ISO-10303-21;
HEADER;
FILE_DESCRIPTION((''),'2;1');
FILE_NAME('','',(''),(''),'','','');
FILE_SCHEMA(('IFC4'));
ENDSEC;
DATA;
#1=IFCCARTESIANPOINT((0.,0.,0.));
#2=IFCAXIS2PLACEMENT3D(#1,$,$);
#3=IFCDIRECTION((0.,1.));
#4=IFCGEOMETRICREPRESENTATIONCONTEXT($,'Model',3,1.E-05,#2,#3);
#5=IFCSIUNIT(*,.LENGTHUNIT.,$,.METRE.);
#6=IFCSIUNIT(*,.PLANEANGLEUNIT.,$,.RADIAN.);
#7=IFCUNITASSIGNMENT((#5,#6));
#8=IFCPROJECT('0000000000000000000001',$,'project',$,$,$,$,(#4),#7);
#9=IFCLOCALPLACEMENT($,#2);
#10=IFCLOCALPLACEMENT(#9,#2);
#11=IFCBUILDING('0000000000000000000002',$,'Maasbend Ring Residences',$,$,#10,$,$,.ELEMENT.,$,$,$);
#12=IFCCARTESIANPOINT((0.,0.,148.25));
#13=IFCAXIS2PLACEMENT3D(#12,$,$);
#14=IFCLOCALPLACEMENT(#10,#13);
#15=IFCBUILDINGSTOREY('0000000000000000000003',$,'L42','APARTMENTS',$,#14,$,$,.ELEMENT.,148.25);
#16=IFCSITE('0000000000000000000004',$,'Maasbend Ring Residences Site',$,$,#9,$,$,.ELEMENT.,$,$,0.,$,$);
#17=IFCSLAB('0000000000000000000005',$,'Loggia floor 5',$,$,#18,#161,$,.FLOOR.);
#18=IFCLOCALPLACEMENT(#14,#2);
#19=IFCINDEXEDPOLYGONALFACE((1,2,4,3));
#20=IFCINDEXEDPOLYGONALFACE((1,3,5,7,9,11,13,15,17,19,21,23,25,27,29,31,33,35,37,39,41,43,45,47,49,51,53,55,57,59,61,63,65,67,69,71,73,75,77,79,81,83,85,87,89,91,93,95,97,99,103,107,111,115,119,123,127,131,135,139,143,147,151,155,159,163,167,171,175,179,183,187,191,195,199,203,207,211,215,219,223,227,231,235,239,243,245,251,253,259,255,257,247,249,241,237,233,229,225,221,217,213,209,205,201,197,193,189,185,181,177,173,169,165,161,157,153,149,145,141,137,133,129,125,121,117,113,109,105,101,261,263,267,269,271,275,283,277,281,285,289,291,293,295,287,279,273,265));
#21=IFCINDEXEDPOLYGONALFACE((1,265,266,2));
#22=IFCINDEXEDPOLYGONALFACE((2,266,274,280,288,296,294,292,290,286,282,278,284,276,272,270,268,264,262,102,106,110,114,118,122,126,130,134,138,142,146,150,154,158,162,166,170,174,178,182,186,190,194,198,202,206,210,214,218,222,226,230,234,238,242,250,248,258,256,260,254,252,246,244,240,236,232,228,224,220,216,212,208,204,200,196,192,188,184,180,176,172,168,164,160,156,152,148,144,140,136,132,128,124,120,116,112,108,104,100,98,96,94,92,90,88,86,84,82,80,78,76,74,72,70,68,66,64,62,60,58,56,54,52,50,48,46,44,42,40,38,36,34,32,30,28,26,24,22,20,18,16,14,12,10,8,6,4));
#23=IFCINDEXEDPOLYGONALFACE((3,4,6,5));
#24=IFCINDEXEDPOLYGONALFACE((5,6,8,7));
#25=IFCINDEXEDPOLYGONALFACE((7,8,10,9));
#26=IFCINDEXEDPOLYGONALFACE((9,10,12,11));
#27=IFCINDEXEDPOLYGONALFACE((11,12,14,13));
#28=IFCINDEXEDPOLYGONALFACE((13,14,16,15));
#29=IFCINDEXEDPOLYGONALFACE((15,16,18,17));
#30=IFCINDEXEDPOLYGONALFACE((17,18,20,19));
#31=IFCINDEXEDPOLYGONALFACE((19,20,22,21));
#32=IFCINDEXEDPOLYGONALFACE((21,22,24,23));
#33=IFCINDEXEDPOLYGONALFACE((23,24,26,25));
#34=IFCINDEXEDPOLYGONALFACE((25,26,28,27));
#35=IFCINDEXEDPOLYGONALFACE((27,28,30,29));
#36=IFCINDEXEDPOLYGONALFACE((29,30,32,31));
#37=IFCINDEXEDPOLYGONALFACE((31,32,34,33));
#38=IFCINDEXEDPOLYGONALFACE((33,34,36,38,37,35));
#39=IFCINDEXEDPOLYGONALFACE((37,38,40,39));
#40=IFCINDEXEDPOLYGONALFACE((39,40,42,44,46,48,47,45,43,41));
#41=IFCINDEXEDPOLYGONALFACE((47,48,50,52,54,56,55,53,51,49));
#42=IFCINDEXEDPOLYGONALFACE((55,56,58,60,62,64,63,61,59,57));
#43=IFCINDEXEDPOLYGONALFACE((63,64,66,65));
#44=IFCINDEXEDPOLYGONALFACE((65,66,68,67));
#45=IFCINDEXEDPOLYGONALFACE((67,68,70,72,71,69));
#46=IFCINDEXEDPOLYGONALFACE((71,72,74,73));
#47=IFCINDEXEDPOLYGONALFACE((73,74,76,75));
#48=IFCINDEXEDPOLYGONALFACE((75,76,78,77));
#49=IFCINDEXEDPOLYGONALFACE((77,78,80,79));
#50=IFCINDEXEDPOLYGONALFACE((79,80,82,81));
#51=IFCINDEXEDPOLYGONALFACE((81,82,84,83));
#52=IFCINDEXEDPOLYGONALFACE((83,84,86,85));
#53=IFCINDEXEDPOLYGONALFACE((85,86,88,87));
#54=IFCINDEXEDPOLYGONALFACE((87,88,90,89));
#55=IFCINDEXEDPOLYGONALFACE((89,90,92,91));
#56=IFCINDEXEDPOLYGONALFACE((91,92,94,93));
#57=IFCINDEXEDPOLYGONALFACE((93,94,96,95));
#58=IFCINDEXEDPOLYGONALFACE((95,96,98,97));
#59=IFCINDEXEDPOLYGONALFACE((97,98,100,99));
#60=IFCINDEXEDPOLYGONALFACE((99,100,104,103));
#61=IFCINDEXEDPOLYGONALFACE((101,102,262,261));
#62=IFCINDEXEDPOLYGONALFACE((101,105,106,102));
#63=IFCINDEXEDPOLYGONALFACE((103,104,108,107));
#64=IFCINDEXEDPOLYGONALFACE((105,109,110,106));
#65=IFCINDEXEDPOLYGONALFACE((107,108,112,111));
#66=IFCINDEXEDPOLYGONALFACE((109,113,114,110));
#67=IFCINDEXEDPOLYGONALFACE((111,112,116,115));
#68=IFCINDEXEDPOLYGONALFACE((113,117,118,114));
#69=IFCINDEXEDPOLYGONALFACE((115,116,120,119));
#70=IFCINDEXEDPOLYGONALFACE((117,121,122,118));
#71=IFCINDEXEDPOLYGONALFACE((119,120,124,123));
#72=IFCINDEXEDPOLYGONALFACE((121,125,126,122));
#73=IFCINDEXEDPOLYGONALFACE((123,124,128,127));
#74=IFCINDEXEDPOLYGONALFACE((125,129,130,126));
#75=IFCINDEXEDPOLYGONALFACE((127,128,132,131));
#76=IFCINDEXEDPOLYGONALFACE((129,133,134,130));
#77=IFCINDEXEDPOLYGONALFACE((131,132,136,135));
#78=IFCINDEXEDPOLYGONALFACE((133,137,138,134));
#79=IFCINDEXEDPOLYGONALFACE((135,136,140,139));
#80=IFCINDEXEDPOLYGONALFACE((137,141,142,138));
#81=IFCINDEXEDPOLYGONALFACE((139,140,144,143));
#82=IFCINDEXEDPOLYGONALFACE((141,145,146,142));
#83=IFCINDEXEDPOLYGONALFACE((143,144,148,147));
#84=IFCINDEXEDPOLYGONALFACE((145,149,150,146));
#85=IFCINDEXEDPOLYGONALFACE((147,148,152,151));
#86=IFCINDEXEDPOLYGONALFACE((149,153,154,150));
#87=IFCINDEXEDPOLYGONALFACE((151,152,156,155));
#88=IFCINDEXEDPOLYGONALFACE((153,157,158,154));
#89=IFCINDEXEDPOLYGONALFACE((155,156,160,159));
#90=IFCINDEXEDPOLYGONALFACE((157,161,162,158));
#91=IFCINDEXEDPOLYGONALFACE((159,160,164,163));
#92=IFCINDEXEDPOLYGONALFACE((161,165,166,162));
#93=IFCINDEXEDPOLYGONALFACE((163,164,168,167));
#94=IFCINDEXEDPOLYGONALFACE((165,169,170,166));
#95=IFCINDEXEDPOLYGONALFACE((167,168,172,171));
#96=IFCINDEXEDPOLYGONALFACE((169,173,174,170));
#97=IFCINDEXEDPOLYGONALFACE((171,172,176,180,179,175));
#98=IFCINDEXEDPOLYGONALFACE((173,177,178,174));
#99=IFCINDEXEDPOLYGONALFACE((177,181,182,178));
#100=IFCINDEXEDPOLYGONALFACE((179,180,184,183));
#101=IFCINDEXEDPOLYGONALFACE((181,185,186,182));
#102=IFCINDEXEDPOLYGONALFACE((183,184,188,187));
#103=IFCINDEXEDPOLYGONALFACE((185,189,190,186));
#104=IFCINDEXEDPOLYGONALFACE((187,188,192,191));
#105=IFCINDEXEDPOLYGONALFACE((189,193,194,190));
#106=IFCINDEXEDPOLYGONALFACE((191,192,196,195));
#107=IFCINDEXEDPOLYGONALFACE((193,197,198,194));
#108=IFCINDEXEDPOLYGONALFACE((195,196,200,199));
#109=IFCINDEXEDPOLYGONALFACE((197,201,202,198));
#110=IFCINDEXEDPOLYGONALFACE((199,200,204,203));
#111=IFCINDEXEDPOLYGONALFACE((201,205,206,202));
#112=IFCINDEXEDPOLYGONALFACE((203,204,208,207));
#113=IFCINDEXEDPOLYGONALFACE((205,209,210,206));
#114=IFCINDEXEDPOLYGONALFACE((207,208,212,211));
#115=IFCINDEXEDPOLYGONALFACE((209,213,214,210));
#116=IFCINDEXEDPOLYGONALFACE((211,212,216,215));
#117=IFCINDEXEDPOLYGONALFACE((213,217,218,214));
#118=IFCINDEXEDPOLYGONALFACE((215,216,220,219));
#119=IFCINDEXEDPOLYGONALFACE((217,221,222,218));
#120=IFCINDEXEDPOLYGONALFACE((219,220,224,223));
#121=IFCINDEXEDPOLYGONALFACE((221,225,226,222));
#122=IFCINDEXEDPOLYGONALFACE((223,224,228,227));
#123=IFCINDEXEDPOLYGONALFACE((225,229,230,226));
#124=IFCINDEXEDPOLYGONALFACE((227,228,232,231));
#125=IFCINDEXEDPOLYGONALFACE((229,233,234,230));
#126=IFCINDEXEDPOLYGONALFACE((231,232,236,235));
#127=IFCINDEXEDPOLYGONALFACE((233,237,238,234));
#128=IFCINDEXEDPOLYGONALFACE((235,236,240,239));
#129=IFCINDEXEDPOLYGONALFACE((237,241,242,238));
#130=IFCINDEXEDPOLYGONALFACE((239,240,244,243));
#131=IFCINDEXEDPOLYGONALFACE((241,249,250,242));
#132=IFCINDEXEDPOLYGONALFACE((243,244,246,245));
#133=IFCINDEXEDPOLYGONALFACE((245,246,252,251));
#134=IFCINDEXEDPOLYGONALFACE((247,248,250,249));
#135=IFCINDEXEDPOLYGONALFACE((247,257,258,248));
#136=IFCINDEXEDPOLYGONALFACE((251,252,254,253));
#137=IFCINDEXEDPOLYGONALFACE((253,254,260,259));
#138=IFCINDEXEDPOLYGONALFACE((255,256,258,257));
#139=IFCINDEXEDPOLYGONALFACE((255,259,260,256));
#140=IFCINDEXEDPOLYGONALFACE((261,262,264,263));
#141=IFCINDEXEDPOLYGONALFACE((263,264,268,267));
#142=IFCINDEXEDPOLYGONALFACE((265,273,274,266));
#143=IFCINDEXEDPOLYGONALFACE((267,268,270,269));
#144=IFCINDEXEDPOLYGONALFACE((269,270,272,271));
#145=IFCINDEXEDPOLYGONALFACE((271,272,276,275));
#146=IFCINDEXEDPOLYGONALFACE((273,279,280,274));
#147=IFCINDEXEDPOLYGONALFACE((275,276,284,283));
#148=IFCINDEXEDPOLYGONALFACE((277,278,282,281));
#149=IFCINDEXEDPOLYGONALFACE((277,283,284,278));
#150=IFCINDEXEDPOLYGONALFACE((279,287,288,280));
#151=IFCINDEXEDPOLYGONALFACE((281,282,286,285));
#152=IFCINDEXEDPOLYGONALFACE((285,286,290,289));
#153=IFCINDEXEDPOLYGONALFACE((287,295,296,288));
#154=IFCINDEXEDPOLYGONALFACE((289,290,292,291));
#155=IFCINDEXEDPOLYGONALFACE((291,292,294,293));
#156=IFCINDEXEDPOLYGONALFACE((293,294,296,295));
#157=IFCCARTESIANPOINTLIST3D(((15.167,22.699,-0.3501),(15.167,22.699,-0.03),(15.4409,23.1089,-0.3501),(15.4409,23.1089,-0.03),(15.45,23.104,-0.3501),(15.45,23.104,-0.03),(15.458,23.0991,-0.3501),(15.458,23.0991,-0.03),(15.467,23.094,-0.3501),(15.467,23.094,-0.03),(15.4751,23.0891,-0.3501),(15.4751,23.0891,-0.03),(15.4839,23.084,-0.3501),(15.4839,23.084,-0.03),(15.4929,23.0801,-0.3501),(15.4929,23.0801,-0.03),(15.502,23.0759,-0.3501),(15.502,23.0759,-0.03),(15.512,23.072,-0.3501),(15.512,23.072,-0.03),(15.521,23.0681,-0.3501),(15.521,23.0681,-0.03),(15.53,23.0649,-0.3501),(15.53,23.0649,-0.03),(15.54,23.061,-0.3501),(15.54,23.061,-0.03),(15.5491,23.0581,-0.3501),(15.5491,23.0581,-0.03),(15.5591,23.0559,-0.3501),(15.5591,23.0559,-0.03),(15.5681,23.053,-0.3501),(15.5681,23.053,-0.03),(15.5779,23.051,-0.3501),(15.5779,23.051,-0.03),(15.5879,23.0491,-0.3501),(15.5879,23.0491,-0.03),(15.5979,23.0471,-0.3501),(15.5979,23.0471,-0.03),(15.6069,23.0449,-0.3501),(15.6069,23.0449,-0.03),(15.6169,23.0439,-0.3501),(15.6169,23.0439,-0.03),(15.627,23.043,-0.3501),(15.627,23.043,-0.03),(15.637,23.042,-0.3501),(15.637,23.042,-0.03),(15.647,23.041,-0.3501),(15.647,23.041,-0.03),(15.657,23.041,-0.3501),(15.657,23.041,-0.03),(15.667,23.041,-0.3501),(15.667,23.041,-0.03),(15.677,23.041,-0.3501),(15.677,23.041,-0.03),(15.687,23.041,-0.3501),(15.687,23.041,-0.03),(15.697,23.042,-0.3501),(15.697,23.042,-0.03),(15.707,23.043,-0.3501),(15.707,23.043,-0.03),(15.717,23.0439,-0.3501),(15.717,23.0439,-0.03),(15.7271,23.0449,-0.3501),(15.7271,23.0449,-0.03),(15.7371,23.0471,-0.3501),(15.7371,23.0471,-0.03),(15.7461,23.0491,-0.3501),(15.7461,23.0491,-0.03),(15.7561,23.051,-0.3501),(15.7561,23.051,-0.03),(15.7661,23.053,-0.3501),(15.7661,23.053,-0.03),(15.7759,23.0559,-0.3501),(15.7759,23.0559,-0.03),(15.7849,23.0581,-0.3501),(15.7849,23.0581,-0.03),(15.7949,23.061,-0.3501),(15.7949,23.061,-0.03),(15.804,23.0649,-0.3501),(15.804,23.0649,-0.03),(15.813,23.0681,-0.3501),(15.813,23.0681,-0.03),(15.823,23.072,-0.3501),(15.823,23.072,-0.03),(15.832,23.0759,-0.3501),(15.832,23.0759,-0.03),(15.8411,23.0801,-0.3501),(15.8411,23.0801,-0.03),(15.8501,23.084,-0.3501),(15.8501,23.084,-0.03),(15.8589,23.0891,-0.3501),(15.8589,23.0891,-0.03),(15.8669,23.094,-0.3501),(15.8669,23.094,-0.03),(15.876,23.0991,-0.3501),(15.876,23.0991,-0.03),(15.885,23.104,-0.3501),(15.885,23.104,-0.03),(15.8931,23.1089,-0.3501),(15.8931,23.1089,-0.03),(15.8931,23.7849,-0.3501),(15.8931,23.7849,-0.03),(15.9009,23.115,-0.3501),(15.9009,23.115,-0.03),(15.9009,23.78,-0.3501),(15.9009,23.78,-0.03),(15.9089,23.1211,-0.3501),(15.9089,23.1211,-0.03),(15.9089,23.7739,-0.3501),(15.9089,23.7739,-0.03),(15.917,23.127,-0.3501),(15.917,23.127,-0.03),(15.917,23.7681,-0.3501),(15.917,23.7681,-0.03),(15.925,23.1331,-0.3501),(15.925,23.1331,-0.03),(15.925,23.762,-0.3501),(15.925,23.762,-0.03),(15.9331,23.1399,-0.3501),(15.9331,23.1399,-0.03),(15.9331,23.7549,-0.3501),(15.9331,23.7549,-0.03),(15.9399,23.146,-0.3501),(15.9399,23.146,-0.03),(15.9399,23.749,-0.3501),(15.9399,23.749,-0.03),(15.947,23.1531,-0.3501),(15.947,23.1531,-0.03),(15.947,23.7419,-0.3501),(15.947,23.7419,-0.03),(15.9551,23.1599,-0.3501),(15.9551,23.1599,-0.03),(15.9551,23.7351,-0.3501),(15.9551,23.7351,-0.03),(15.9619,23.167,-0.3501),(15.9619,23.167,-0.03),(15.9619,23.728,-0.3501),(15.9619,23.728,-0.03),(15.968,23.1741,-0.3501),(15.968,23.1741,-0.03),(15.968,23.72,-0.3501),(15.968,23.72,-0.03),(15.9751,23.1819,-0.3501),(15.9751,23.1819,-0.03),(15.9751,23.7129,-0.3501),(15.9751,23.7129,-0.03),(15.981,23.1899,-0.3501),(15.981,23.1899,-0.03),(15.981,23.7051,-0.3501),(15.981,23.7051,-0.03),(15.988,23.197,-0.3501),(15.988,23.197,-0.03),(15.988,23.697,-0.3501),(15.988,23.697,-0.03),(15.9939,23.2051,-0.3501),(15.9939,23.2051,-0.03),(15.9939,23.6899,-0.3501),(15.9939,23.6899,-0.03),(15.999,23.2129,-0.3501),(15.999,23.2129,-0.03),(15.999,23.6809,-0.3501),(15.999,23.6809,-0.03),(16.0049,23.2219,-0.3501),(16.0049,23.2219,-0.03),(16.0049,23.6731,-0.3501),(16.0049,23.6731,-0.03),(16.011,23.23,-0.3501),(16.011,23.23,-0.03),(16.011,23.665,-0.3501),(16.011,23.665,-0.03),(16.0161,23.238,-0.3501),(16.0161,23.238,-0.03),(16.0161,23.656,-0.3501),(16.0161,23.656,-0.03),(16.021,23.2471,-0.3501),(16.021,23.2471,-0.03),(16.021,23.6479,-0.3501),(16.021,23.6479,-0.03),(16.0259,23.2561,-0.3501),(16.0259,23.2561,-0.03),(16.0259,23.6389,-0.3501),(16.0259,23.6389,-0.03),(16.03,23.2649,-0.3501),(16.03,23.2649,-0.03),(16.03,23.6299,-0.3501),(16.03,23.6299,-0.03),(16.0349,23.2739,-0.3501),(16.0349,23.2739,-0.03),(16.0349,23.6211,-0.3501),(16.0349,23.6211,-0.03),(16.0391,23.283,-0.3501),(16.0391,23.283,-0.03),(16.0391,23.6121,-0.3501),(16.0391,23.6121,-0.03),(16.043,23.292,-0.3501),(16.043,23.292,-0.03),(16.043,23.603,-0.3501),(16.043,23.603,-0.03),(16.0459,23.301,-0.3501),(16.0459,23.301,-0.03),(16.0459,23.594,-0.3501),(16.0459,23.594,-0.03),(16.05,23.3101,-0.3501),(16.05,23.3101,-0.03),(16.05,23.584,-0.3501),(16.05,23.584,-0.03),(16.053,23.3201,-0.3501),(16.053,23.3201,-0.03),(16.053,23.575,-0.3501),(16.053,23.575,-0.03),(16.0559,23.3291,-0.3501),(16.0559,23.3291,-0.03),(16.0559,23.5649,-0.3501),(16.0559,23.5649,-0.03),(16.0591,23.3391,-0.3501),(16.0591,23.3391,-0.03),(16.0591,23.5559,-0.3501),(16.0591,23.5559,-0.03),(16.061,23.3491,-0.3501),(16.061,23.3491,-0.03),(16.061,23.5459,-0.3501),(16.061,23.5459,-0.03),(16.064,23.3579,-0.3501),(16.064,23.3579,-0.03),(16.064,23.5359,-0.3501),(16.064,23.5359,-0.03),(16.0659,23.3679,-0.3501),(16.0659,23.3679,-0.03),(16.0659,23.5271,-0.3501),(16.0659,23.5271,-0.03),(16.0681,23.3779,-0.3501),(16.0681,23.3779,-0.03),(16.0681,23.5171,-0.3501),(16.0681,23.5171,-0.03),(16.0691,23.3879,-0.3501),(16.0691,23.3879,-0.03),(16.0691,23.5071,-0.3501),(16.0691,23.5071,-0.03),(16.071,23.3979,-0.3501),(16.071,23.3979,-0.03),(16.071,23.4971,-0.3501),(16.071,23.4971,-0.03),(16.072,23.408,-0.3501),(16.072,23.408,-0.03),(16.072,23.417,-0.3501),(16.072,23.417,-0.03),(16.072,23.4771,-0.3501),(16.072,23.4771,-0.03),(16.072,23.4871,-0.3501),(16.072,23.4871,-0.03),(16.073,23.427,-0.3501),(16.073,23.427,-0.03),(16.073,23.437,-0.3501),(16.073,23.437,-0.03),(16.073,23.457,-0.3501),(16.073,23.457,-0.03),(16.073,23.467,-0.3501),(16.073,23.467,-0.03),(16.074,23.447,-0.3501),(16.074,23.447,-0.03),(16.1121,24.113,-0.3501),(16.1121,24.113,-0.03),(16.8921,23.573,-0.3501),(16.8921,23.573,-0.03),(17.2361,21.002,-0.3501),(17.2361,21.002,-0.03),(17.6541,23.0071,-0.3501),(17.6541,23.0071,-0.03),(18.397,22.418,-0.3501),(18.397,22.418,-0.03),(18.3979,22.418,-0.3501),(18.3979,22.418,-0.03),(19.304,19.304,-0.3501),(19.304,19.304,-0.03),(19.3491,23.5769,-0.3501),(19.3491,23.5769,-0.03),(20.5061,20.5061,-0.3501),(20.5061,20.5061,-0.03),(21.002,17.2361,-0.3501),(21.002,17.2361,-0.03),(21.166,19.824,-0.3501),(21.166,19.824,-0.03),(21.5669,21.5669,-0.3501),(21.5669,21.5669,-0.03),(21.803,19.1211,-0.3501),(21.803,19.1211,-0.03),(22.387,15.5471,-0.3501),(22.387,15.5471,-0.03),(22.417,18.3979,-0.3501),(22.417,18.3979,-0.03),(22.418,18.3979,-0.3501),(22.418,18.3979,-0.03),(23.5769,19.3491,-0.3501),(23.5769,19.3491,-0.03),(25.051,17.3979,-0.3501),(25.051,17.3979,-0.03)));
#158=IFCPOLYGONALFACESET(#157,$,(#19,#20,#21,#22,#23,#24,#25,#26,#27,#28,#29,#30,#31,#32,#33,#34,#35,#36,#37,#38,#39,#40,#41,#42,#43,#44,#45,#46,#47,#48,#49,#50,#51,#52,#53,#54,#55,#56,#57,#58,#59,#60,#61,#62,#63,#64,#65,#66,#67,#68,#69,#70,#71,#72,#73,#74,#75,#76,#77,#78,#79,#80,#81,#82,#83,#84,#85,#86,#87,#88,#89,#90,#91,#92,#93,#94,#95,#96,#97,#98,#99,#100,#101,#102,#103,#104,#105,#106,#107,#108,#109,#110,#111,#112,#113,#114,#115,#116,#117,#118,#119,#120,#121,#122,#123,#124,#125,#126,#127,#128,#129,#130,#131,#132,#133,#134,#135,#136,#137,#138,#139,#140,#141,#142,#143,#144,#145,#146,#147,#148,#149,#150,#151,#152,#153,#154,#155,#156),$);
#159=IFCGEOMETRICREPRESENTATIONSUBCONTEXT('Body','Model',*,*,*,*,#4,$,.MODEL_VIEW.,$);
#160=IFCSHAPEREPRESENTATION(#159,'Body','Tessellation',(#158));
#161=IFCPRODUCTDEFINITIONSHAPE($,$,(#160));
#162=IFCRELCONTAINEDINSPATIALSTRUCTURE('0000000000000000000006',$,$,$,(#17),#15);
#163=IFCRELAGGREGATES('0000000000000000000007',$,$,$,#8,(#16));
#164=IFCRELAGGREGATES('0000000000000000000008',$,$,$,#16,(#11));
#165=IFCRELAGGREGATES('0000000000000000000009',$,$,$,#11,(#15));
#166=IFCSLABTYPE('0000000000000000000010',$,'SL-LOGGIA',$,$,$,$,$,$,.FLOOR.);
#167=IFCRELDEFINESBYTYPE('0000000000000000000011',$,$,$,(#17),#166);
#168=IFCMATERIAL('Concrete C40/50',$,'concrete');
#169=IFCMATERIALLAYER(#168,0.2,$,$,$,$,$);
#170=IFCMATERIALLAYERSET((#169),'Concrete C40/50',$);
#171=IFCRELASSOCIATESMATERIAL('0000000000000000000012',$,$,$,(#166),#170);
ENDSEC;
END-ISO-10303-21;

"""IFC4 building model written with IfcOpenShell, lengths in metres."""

from ifc_helpers import new_model, si_unit, direction, frame, origin, place, context, subcontext, project, spatial, polyline, outline, extrude, material, layer, layer_set, type_object, element, save


model = new_model("IFC4")

# Units and contexts
model_context = context("Model", 3, precision=1e-05, world=origin(), true_north=direction((0.0, 1.0)))
body_context = subcontext(model_context, "Body", "Model", "MODEL_VIEW")
ifc_project = project(units=[si_unit("LENGTHUNIT", "METRE"), si_unit("PLANEANGLEUNIT", "RADIAN")], contexts=[model_context])

# Site, building, storey
site_placement = place(None, origin())
site = spatial("IfcSite", under=ifc_project, at=site_placement, Name="Maasbend Ring Residences Site", CompositionType="ELEMENT", RefElevation=0.0)
building_placement = place(site_placement, origin())
building = spatial("IfcBuilding", under=site, at=building_placement, Name="Maasbend Ring Residences", CompositionType="ELEMENT")
storey_placement = place(building_placement, frame((0.0, 0.0, 148.25)))
storey = spatial("IfcBuildingStorey", under=building, at=storey_placement, Name="L42", Description="APARTMENTS", CompositionType="ELEMENT", Elevation=148.25)

# Slab
ifc_material_1 = material(Name="Concrete C40/50", Category="concrete")
ifc_layer_1 = layer(ifc_material_1, 0.2)
ifc_layer_set_1 = layer_set([ifc_layer_1], Name="Concrete C40/50")
slab_type_1 = type_object("IfcSlabType", Name="SL-LOGGIA", PredefinedType="FLOOR", material=ifc_layer_set_1)
slab_1_placement = place(storey_placement, frame((0.0, 0.0, -0.3501)))
element("IfcSlab", 1, at=slab_1_placement, inside=storey, type_object=slab_type_1, Name="Loggia floor 5", PredefinedType="FLOOR", context=body_context, shape_type="SweptSolid", body=[
    extrude(outline(polyline([(15.458, 23.0991), (15.467, 23.094), (15.4751, 23.0891), (15.4839, 23.084), (15.4929, 23.0801), (15.502, 23.0759), (15.512, 23.072), (15.521, 23.0681), (15.53, 23.0649), (15.54, 23.061), (15.5491, 23.0581), (15.5591, 23.0559), (15.5681, 23.053), (15.5779, 23.051), (15.5879, 23.0491), (15.5979, 23.0471), (15.6069, 23.0449), (15.6169, 23.0439), (15.627, 23.043), (15.637, 23.042), (15.647, 23.041), (15.657, 23.041), (15.667, 23.041), (15.677, 23.041), (15.687, 23.041), (15.697, 23.042), (15.707, 23.043), (15.717, 23.0439), (15.7271, 23.0449), (15.7371, 23.0471), (15.7461, 23.0491), (15.7561, 23.051), (15.7661, 23.053), (15.7759, 23.0559), (15.7849, 23.0581), (15.7949, 23.061), (15.804, 23.0649), (15.813, 23.0681), (15.823, 23.072), (15.832, 23.0759), (15.8411, 23.0801), (15.8501, 23.084), (15.8589, 23.0891), (15.8669, 23.094), (15.876, 23.0991), (15.885, 23.104), (15.8931, 23.1089), (15.9009, 23.115), (15.9089, 23.1211), (15.917, 23.127), (15.925, 23.1331), (15.9331, 23.1399), (15.9399, 23.146), (15.947, 23.1531), (15.9551, 23.1599), (15.9619, 23.167), (15.968, 23.1741), (15.9751, 23.1819), (15.981, 23.1899), (15.988, 23.197), (15.9939, 23.2051), (15.999, 23.2129), (16.0049, 23.2219), (16.011, 23.23), (16.0161, 23.238), (16.021, 23.2471), (16.0259, 23.2561), (16.03, 23.2649), (16.0349, 23.2739), (16.0391, 23.283), (16.043, 23.292), (16.0459, 23.301), (16.05, 23.3101), (16.053, 23.3201), (16.0559, 23.3291), (16.0591, 23.3391), (16.061, 23.3491), (16.064, 23.3579), (16.0659, 23.3679), (16.0681, 23.3779), (16.0691, 23.3879), (16.071, 23.3979), (16.072, 23.408), (16.072, 23.417), (16.073, 23.427), (16.073, 23.437), (16.074, 23.447), (16.073, 23.457), (16.073, 23.467), (16.072, 23.4771), (16.072, 23.4871), (16.071, 23.4971), (16.0691, 23.5071), (16.0681, 23.5171), (16.0659, 23.5271), (16.064, 23.5359), (16.061, 23.5459), (16.0591, 23.5559), (16.0559, 23.5649), (16.053, 23.575), (16.05, 23.584), (16.0459, 23.594), (16.043, 23.603), (16.0391, 23.6121), (16.0349, 23.6211), (16.03, 23.6299), (16.0259, 23.6389), (16.021, 23.6479), (16.0161, 23.656), (16.011, 23.665), (16.0049, 23.6731), (15.999, 23.6809), (15.9939, 23.6899), (15.988, 23.697), (15.981, 23.7051), (15.9751, 23.7129), (15.968, 23.72), (15.9619, 23.728), (15.9551, 23.7351), (15.947, 23.7419), (15.9399, 23.749), (15.9331, 23.7549), (15.925, 23.762), (15.917, 23.7681), (15.9089, 23.7739), (15.9009, 23.78), (15.8931, 23.7849), (15.8931, 23.7849), (16.1121, 24.113), (16.1121, 24.113), (16.1121, 24.113), (16.8921, 23.573), (16.8921, 23.573), (17.6541, 23.0071), (17.6541, 23.0071), (18.397, 22.418), (18.397, 22.418), (18.397, 22.418), (18.397, 22.418), (18.397, 22.418), (18.397, 22.418), (18.397, 22.418), (18.397, 22.418), (18.397, 22.418), (18.397, 22.418), (18.397, 22.418), (18.3979, 22.418), (18.3979, 22.418), (18.3979, 22.418), (18.3979, 22.418), (18.3979, 22.418), (18.3979, 22.418), (19.3491, 23.5769), (19.3491, 23.5769), (19.3491, 23.5769), (21.5669, 21.5669), (21.5669, 21.5669), (21.5669, 21.5669), (20.5061, 20.5061), (20.5061, 20.5061), (20.5061, 20.5061), (20.5061, 20.5061), (20.5061, 20.5061), (20.5061, 20.5061), (20.5061, 20.5061), (20.5061, 20.5061), (20.5061, 20.5061), (20.5061, 20.5061), (20.5061, 20.5061), (20.5061, 20.5061), (20.5061, 20.5061), (20.5061, 20.5061), (20.5061, 20.5061), (20.5061, 20.5061), (20.5061, 20.5061), (21.166, 19.824), (21.166, 19.824), (21.803, 19.1211), (21.803, 19.1211), (22.417, 18.3979), (22.417, 18.3979), (22.417, 18.3979), (22.417, 18.3979), (22.417, 18.3979), (22.417, 18.3979), (22.417, 18.3979), (22.417, 18.3979), (22.417, 18.3979), (22.417, 18.3979), (22.417, 18.3979), (22.417, 18.3979), (22.418, 18.3979), (22.418, 18.3979), (22.418, 18.3979), (22.418, 18.3979), (22.418, 18.3979), (23.5769, 19.3491), (23.5769, 19.3491), (23.5769, 19.3491), (25.051, 17.3979), (25.051, 17.3979), (25.051, 17.3979), (22.387, 15.5471), (22.387, 15.5471), (22.387, 15.5471), (21.002, 17.2361), (19.304, 19.304), (19.304, 19.304), (19.304, 19.304), (17.2361, 21.002), (15.167, 22.699), (15.167, 22.699), (15.167, 22.699), (15.4409, 23.1089), (15.4409, 23.1089), (15.45, 23.104), (15.458, 23.0991)])), origin(), (0.0, 0.0, 1.0), 0.3201),
])

save(model, "model.ifc")
